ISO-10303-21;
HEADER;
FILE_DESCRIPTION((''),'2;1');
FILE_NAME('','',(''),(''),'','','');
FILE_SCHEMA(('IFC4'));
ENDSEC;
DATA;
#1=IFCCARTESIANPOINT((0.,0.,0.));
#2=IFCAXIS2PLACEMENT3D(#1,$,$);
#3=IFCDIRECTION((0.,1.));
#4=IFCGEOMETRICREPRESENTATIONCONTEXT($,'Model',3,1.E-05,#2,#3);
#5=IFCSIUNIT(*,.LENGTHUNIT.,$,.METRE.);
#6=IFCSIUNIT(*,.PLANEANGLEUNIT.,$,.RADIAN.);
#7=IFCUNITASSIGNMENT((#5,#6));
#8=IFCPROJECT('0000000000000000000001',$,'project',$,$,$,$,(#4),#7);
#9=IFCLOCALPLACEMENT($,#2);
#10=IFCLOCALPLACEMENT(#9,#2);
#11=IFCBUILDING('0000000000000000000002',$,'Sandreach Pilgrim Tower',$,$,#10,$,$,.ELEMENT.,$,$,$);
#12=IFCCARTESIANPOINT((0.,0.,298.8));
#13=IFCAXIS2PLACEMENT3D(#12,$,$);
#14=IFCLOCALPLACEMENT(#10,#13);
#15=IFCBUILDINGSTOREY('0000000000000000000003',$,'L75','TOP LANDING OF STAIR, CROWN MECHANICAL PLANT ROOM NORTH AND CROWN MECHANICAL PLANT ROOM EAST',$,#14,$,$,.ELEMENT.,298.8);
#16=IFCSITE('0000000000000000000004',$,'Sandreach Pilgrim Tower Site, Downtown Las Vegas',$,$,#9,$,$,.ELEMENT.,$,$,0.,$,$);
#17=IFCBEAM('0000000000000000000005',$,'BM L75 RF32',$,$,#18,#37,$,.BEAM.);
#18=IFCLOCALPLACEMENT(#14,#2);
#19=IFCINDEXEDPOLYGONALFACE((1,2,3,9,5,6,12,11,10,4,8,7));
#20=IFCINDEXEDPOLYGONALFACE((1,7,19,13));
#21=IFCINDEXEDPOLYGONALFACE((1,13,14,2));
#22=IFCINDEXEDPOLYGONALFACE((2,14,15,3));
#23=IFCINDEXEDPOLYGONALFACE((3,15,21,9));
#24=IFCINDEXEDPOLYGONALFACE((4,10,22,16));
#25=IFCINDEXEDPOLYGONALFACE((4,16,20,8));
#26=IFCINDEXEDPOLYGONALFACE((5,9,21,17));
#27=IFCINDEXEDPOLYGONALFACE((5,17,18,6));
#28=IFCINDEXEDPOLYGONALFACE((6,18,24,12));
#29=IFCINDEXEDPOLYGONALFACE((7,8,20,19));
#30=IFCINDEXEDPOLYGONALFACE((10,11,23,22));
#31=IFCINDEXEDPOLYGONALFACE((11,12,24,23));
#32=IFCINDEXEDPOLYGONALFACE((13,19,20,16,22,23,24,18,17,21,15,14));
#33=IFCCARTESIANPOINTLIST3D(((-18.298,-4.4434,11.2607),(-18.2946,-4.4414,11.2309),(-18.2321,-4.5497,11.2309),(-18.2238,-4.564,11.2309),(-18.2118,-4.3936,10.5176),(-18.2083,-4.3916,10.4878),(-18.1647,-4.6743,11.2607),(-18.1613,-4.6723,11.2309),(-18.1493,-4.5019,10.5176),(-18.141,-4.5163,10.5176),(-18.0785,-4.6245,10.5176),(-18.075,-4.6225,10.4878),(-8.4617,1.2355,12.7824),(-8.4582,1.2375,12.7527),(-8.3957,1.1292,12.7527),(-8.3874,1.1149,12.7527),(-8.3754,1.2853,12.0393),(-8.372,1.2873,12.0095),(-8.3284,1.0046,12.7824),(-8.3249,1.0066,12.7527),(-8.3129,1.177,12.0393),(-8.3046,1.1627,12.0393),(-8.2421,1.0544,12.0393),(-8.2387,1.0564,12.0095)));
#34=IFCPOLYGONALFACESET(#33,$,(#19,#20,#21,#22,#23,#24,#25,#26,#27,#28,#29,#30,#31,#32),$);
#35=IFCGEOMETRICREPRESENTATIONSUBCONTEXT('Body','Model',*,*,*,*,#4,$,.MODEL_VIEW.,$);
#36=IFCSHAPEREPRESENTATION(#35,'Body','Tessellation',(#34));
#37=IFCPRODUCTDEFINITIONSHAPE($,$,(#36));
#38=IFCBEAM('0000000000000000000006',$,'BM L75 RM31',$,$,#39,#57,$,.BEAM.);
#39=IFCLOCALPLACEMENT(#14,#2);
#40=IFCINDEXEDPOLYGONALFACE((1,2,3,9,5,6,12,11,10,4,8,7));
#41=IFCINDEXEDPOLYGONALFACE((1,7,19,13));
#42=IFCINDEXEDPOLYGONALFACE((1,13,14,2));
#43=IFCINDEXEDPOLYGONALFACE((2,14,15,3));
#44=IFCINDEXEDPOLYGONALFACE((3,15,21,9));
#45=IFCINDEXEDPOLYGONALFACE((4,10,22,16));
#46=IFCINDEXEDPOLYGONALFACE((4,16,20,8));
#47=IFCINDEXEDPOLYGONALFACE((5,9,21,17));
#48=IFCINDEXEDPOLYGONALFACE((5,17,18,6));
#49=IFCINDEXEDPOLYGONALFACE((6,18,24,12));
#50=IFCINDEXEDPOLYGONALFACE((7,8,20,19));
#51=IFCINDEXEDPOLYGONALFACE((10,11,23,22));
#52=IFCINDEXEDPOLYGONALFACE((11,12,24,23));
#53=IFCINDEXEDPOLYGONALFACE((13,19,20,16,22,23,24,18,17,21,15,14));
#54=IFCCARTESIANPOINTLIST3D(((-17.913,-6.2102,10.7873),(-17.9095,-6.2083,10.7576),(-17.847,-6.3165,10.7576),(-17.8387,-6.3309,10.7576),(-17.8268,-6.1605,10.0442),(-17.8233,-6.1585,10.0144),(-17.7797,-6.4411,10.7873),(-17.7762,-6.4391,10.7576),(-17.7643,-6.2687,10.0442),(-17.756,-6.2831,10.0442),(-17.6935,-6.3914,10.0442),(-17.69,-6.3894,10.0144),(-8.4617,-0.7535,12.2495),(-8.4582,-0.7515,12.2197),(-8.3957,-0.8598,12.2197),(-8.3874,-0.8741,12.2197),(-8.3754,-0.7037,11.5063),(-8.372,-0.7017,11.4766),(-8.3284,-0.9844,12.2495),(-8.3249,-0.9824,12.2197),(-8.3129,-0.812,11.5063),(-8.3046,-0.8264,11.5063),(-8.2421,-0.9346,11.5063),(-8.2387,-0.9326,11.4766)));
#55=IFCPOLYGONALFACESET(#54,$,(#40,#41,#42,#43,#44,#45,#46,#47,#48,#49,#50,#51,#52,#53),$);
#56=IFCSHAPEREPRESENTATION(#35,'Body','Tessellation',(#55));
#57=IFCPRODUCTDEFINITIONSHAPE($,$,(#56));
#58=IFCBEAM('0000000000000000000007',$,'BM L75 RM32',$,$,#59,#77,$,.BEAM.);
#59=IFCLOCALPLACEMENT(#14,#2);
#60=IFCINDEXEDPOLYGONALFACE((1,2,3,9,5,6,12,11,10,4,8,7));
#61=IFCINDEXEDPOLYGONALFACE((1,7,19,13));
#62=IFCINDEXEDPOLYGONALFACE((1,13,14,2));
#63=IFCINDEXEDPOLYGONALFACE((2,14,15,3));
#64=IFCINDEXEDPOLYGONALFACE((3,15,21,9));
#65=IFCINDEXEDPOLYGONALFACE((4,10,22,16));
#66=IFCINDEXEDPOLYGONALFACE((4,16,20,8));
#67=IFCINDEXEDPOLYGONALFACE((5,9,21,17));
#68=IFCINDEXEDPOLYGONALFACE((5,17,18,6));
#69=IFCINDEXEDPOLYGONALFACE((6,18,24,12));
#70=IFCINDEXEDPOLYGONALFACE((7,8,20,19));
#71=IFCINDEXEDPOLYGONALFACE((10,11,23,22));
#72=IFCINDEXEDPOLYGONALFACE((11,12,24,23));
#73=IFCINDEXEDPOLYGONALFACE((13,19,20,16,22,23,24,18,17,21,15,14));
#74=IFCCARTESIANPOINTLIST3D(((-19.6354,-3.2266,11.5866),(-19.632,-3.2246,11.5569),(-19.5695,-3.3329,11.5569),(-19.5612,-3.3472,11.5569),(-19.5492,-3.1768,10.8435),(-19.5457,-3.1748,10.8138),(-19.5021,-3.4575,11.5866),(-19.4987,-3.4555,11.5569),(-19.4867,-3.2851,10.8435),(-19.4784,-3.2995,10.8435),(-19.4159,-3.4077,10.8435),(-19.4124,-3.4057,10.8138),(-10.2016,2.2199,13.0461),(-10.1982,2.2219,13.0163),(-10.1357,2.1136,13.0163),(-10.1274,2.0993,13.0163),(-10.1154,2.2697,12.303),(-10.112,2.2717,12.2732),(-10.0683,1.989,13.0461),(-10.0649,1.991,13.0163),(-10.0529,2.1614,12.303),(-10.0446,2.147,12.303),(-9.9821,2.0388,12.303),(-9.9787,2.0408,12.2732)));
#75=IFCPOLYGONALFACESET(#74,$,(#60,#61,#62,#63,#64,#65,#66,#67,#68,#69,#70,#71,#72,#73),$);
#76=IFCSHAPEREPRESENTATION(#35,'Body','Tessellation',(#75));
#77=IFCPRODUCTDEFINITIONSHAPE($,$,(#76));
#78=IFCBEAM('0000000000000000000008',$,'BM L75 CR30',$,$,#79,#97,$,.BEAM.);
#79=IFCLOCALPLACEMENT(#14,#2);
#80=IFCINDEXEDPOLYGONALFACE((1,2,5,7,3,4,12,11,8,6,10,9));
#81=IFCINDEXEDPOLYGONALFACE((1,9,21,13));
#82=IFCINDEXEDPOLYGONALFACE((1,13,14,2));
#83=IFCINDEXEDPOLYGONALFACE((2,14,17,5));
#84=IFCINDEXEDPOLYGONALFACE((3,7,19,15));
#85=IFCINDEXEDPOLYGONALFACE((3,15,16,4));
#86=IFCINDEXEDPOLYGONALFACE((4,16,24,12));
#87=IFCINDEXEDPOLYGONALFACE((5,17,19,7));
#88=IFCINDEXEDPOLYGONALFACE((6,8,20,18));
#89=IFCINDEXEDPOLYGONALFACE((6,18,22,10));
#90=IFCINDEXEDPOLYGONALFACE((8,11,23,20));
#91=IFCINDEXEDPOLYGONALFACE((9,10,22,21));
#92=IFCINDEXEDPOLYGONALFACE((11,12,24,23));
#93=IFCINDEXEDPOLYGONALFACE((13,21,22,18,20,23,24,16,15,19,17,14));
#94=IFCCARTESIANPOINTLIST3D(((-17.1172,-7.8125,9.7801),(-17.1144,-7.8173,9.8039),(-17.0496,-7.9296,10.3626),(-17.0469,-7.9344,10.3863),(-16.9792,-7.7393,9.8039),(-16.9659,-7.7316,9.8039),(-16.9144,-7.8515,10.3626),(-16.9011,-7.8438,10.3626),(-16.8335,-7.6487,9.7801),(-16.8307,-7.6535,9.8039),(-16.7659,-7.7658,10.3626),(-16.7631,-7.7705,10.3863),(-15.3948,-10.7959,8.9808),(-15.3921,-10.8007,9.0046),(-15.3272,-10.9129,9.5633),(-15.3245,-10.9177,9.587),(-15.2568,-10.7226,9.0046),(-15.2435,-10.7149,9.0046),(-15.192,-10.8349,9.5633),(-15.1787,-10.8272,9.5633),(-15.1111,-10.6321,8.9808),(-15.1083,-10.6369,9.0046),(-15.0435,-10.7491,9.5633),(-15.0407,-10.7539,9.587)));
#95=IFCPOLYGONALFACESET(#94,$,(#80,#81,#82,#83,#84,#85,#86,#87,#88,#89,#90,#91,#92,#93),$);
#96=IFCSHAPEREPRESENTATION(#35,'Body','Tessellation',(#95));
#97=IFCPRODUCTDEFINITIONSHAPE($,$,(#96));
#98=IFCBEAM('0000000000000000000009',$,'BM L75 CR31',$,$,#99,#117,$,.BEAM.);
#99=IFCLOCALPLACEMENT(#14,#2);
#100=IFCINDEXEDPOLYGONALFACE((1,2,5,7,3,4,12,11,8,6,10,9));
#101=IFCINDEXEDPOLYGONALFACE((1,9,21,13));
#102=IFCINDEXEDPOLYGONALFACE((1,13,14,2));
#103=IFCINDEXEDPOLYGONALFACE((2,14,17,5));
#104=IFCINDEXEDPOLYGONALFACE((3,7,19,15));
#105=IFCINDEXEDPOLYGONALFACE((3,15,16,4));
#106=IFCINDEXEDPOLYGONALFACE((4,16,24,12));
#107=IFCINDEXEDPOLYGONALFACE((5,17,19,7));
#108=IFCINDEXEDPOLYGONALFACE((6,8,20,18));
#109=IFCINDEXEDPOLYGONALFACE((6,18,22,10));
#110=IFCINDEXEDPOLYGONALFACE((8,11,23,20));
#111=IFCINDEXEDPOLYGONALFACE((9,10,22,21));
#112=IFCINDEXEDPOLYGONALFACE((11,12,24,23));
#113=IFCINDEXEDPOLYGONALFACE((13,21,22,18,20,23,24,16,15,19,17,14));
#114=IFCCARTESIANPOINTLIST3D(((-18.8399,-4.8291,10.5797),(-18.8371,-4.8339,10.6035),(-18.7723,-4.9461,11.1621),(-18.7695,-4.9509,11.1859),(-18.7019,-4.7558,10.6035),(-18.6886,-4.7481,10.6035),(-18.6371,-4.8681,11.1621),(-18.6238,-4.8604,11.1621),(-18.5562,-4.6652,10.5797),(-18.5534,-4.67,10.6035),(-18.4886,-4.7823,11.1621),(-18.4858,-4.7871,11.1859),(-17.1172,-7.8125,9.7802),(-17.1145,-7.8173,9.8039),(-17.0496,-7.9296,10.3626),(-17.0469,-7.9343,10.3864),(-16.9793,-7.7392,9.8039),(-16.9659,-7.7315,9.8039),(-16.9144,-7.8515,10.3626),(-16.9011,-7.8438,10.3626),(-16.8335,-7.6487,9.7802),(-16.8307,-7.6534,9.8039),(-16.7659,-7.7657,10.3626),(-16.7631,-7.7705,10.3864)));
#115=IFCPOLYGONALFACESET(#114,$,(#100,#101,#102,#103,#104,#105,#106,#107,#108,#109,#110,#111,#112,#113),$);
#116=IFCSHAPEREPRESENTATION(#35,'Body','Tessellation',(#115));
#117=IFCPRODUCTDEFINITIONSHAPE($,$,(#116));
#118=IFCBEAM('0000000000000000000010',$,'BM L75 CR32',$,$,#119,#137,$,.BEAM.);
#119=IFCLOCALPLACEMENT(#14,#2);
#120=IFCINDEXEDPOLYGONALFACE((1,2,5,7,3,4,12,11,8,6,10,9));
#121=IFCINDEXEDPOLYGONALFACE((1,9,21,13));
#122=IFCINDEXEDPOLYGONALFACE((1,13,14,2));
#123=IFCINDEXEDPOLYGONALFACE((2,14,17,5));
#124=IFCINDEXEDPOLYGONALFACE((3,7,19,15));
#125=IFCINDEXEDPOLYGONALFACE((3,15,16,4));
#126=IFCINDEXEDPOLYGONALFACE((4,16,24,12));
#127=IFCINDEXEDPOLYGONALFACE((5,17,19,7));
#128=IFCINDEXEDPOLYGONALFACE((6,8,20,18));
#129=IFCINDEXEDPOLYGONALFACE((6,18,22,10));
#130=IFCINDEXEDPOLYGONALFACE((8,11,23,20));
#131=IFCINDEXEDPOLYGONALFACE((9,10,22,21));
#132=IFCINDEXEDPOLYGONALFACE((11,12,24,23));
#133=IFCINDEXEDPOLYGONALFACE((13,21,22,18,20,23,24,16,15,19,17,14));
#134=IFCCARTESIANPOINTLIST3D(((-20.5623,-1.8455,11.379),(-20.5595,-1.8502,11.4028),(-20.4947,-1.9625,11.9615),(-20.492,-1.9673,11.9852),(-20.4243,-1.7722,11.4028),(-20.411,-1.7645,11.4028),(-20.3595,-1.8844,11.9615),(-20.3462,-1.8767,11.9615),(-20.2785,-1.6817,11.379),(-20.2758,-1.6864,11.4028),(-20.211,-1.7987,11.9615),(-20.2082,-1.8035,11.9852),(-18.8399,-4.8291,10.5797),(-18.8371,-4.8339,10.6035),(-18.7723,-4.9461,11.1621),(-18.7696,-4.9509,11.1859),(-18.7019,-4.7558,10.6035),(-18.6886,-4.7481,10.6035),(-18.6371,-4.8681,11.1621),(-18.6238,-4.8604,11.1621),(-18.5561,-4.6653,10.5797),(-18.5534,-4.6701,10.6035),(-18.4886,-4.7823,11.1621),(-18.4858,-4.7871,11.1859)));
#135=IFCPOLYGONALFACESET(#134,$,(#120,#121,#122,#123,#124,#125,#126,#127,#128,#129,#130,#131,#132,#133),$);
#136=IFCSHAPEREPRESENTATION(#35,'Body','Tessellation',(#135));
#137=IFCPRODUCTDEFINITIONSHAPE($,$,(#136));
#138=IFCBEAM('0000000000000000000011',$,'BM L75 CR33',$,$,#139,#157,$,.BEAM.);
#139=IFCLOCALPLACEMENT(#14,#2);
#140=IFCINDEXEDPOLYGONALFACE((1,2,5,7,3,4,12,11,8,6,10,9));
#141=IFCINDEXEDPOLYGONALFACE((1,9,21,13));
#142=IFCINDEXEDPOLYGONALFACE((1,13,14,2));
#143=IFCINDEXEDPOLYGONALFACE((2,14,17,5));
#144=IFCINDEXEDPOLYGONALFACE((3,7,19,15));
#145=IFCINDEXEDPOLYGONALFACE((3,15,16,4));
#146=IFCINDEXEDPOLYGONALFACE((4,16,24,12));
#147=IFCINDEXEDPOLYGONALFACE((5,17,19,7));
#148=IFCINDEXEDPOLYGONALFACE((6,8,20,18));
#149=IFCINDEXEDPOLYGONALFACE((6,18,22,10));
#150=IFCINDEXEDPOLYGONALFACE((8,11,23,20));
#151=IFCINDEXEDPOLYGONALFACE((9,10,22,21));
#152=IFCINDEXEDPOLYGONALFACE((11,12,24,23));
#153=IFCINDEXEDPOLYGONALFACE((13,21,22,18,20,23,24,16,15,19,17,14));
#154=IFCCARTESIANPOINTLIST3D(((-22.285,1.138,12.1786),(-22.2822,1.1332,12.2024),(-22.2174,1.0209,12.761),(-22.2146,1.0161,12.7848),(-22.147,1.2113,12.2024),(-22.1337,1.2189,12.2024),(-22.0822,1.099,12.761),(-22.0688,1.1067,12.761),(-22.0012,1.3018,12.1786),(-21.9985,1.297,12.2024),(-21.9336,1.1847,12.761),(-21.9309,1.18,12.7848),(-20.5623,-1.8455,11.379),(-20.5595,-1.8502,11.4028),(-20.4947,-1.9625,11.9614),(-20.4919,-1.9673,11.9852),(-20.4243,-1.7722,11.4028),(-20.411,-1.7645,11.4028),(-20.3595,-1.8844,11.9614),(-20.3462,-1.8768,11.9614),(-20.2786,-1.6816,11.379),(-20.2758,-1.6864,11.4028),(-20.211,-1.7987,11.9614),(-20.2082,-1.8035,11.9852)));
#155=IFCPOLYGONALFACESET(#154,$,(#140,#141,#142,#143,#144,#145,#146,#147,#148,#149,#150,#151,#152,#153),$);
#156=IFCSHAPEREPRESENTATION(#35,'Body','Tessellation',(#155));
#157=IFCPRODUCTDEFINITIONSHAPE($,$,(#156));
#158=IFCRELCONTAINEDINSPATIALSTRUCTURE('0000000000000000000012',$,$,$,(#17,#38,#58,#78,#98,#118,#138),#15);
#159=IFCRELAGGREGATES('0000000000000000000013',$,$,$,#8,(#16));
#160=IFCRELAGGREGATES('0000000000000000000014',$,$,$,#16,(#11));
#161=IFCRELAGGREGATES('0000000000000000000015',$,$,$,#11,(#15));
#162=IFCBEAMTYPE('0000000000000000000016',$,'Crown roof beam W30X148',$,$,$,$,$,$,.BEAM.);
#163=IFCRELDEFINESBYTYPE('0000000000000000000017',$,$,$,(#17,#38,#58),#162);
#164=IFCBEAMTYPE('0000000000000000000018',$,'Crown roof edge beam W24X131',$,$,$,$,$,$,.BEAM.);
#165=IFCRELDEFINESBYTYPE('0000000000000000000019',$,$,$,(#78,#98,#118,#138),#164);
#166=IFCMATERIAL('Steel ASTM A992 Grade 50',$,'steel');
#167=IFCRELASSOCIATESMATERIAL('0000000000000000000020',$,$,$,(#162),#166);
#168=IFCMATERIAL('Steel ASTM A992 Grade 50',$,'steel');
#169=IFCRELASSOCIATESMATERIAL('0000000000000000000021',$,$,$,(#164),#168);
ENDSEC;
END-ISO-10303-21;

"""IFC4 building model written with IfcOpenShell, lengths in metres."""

from ifc_helpers import new_model, si_unit, direction, frame, origin, origin_2d, place, context, subcontext, project, spatial, i_section, extrude, material, material_profile, profile_set, type_object, element, save


model = new_model("IFC4")

# Units and contexts
model_context = context("Model", 3, precision=1e-05, world=origin(), true_north=direction((0.0, 1.0)))
body_context = subcontext(model_context, "Body", "Model", "MODEL_VIEW")
ifc_project = project(units=[si_unit("LENGTHUNIT", "METRE"), si_unit("PLANEANGLEUNIT", "RADIAN")], contexts=[model_context])

# Site, building, storey
site_placement = place(None, origin())
site = spatial("IfcSite", under=ifc_project, at=site_placement, Name="Sandreach Pilgrim Tower Site, Downtown Las Vegas", CompositionType="ELEMENT", RefElevation=0.0)
building_placement = place(site_placement, origin())
building = spatial("IfcBuilding", under=site, at=building_placement, Name="Sandreach Pilgrim Tower", CompositionType="ELEMENT")
storey_placement = place(building_placement, frame((0.0, 0.0, 298.8)))
storey = spatial("IfcBuildingStorey", under=building, at=storey_placement, Name="L75", Description="TOP LANDING OF STAIR, CROWN MECHANICAL PLANT ROOM NORTH AND CROWN MECHANICAL PLANT ROOM EAST", CompositionType="ELEMENT", Elevation=298.8)

# Beams
ifc_material_1 = material(Name="Steel ASTM A992 Grade 50", Category="steel")
ifc_material_profile_1 = material_profile(ifc_material_1, i_section(OverallWidth=0.2666, OverallDepth=0.7798, WebThickness=0.0166, FlangeThickness=0.03, at=origin_2d()), Name="W30X148")
ifc_profile_set_1 = profile_set([ifc_material_profile_1], Name="Steel ASTM A992 Grade 50")
beam_type_1 = type_object("IfcBeamType", Name="Crown roof beam W30X148", PredefinedType="BEAM", material=ifc_profile_set_1)
beam_1_placement = place(storey_placement, frame((-18.1865, -4.533, 10.8743), z_axis=(0.85836, 0.495565, 0.132791), x_axis=(-0.499993, 0.86603, 0.0)))
element("IfcBeam", 1, at=beam_1_placement, inside=storey, type_object=beam_type_1, Name="BM L75 RF32", PredefinedType="BEAM", context=body_context, shape_type="SweptSolid", body=[
    extrude(i_section(OverallWidth=0.2666, OverallDepth=0.7798, WebThickness=0.0166, FlangeThickness=0.03, at=origin_2d()), origin(), (0.0, 0.0, 1.0), 11.4595),
])
beam_2_placement = place(storey_placement, frame((-17.8015, -6.2998, 10.4009), z_axis=(0.858356, 0.495573, 0.13279), x_axis=(-0.500001, 0.866025, 0.0)))
element("IfcBeam", 2, at=beam_2_placement, inside=storey, type_object=beam_type_1, Name="BM L75 RM31", PredefinedType="BEAM", context=body_context, shape_type="SweptSolid", body=[
    extrude(i_section(OverallWidth=0.2666, OverallDepth=0.7798, WebThickness=0.0166, FlangeThickness=0.03, at=origin_2d()), origin(), (0.0, 0.0, 1.0), 11.011),
])
beam_3_placement = place(storey_placement, frame((-19.5239, -3.3162, 11.2002), z_axis=(0.858359, 0.495565, 0.132793), x_axis=(-0.499993, 0.866029, 0.0)))
element("IfcBeam", 3, at=beam_3_placement, inside=storey, type_object=beam_type_1, Name="BM L75 RM32", PredefinedType="BEAM", context=body_context, shape_type="SweptSolid", body=[
    extrude(i_section(OverallWidth=0.2666, OverallDepth=0.7798, WebThickness=0.0166, FlangeThickness=0.03, at=origin_2d()), origin(), (0.0, 0.0, 1.0), 10.9905),
])
ifc_material_2 = material(Name="Steel ASTM A992 Grade 50", Category="steel")
ifc_material_profile_2 = material_profile(ifc_material_2, i_section(OverallWidth=0.3276, OverallDepth=0.6223, WebThickness=0.0154, FlangeThickness=0.0244, at=origin_2d()), Name="W24X131")
ifc_profile_set_2 = profile_set([ifc_material_profile_2], Name="Steel ASTM A992 Grade 50")
beam_type_2 = type_object("IfcBeamType", Name="Crown roof edge beam W24X131", PredefinedType="BEAM", material=ifc_profile_set_2)
beam_4_placement = place(storey_placement, frame((-15.2178, -10.7749, 9.2839), z_axis=(-0.487049, 0.843621, 0.226024), x_axis=(-0.866032, -0.499988, 0.0)))
element("IfcBeam", 4, at=beam_4_placement, inside=storey, type_object=beam_type_2, Name="BM L75 CR30", PredefinedType="BEAM", context=body_context, shape_type="SweptSolid", body=[
    extrude(i_section(OverallWidth=0.3276, OverallDepth=0.6223, WebThickness=0.0154, FlangeThickness=0.0244, at=origin_2d()), origin(), (0.0, 0.0, 1.0), 3.5364),
])
for number, where, z_axis, x_axis, name in (
    (5, (-16.9402, -7.7915, 10.0833), (-0.487095, 0.843579, 0.226082), (-0.866001, -0.500041, 0.0), "BM L75 CR31"),
    (6, (-18.6628, -4.8081, 10.8828), (-0.487021, 0.843641, 0.226011), (-0.86605, -0.499958, 0.0), "BM L75 CR32"),
    (7, (-20.3853, -1.8245, 11.6821), (-0.487095, 0.843579, 0.226082), (-0.866001, -0.500041, 0.0), "BM L75 CR33"),
):
    element("IfcBeam", number, at=place(storey_placement, frame(where, z_axis=z_axis, x_axis=x_axis)), inside=storey, type_object=beam_type_2, Name=name, PredefinedType="BEAM", context=body_context, shape_type="SweptSolid", body=[
        extrude(i_section(OverallWidth=0.3276, OverallDepth=0.6223, WebThickness=0.0154, FlangeThickness=0.0244, at=origin_2d()), origin(), (0.0, 0.0, 1.0), 3.5366),
    ])

save(model, "model.ifc")
